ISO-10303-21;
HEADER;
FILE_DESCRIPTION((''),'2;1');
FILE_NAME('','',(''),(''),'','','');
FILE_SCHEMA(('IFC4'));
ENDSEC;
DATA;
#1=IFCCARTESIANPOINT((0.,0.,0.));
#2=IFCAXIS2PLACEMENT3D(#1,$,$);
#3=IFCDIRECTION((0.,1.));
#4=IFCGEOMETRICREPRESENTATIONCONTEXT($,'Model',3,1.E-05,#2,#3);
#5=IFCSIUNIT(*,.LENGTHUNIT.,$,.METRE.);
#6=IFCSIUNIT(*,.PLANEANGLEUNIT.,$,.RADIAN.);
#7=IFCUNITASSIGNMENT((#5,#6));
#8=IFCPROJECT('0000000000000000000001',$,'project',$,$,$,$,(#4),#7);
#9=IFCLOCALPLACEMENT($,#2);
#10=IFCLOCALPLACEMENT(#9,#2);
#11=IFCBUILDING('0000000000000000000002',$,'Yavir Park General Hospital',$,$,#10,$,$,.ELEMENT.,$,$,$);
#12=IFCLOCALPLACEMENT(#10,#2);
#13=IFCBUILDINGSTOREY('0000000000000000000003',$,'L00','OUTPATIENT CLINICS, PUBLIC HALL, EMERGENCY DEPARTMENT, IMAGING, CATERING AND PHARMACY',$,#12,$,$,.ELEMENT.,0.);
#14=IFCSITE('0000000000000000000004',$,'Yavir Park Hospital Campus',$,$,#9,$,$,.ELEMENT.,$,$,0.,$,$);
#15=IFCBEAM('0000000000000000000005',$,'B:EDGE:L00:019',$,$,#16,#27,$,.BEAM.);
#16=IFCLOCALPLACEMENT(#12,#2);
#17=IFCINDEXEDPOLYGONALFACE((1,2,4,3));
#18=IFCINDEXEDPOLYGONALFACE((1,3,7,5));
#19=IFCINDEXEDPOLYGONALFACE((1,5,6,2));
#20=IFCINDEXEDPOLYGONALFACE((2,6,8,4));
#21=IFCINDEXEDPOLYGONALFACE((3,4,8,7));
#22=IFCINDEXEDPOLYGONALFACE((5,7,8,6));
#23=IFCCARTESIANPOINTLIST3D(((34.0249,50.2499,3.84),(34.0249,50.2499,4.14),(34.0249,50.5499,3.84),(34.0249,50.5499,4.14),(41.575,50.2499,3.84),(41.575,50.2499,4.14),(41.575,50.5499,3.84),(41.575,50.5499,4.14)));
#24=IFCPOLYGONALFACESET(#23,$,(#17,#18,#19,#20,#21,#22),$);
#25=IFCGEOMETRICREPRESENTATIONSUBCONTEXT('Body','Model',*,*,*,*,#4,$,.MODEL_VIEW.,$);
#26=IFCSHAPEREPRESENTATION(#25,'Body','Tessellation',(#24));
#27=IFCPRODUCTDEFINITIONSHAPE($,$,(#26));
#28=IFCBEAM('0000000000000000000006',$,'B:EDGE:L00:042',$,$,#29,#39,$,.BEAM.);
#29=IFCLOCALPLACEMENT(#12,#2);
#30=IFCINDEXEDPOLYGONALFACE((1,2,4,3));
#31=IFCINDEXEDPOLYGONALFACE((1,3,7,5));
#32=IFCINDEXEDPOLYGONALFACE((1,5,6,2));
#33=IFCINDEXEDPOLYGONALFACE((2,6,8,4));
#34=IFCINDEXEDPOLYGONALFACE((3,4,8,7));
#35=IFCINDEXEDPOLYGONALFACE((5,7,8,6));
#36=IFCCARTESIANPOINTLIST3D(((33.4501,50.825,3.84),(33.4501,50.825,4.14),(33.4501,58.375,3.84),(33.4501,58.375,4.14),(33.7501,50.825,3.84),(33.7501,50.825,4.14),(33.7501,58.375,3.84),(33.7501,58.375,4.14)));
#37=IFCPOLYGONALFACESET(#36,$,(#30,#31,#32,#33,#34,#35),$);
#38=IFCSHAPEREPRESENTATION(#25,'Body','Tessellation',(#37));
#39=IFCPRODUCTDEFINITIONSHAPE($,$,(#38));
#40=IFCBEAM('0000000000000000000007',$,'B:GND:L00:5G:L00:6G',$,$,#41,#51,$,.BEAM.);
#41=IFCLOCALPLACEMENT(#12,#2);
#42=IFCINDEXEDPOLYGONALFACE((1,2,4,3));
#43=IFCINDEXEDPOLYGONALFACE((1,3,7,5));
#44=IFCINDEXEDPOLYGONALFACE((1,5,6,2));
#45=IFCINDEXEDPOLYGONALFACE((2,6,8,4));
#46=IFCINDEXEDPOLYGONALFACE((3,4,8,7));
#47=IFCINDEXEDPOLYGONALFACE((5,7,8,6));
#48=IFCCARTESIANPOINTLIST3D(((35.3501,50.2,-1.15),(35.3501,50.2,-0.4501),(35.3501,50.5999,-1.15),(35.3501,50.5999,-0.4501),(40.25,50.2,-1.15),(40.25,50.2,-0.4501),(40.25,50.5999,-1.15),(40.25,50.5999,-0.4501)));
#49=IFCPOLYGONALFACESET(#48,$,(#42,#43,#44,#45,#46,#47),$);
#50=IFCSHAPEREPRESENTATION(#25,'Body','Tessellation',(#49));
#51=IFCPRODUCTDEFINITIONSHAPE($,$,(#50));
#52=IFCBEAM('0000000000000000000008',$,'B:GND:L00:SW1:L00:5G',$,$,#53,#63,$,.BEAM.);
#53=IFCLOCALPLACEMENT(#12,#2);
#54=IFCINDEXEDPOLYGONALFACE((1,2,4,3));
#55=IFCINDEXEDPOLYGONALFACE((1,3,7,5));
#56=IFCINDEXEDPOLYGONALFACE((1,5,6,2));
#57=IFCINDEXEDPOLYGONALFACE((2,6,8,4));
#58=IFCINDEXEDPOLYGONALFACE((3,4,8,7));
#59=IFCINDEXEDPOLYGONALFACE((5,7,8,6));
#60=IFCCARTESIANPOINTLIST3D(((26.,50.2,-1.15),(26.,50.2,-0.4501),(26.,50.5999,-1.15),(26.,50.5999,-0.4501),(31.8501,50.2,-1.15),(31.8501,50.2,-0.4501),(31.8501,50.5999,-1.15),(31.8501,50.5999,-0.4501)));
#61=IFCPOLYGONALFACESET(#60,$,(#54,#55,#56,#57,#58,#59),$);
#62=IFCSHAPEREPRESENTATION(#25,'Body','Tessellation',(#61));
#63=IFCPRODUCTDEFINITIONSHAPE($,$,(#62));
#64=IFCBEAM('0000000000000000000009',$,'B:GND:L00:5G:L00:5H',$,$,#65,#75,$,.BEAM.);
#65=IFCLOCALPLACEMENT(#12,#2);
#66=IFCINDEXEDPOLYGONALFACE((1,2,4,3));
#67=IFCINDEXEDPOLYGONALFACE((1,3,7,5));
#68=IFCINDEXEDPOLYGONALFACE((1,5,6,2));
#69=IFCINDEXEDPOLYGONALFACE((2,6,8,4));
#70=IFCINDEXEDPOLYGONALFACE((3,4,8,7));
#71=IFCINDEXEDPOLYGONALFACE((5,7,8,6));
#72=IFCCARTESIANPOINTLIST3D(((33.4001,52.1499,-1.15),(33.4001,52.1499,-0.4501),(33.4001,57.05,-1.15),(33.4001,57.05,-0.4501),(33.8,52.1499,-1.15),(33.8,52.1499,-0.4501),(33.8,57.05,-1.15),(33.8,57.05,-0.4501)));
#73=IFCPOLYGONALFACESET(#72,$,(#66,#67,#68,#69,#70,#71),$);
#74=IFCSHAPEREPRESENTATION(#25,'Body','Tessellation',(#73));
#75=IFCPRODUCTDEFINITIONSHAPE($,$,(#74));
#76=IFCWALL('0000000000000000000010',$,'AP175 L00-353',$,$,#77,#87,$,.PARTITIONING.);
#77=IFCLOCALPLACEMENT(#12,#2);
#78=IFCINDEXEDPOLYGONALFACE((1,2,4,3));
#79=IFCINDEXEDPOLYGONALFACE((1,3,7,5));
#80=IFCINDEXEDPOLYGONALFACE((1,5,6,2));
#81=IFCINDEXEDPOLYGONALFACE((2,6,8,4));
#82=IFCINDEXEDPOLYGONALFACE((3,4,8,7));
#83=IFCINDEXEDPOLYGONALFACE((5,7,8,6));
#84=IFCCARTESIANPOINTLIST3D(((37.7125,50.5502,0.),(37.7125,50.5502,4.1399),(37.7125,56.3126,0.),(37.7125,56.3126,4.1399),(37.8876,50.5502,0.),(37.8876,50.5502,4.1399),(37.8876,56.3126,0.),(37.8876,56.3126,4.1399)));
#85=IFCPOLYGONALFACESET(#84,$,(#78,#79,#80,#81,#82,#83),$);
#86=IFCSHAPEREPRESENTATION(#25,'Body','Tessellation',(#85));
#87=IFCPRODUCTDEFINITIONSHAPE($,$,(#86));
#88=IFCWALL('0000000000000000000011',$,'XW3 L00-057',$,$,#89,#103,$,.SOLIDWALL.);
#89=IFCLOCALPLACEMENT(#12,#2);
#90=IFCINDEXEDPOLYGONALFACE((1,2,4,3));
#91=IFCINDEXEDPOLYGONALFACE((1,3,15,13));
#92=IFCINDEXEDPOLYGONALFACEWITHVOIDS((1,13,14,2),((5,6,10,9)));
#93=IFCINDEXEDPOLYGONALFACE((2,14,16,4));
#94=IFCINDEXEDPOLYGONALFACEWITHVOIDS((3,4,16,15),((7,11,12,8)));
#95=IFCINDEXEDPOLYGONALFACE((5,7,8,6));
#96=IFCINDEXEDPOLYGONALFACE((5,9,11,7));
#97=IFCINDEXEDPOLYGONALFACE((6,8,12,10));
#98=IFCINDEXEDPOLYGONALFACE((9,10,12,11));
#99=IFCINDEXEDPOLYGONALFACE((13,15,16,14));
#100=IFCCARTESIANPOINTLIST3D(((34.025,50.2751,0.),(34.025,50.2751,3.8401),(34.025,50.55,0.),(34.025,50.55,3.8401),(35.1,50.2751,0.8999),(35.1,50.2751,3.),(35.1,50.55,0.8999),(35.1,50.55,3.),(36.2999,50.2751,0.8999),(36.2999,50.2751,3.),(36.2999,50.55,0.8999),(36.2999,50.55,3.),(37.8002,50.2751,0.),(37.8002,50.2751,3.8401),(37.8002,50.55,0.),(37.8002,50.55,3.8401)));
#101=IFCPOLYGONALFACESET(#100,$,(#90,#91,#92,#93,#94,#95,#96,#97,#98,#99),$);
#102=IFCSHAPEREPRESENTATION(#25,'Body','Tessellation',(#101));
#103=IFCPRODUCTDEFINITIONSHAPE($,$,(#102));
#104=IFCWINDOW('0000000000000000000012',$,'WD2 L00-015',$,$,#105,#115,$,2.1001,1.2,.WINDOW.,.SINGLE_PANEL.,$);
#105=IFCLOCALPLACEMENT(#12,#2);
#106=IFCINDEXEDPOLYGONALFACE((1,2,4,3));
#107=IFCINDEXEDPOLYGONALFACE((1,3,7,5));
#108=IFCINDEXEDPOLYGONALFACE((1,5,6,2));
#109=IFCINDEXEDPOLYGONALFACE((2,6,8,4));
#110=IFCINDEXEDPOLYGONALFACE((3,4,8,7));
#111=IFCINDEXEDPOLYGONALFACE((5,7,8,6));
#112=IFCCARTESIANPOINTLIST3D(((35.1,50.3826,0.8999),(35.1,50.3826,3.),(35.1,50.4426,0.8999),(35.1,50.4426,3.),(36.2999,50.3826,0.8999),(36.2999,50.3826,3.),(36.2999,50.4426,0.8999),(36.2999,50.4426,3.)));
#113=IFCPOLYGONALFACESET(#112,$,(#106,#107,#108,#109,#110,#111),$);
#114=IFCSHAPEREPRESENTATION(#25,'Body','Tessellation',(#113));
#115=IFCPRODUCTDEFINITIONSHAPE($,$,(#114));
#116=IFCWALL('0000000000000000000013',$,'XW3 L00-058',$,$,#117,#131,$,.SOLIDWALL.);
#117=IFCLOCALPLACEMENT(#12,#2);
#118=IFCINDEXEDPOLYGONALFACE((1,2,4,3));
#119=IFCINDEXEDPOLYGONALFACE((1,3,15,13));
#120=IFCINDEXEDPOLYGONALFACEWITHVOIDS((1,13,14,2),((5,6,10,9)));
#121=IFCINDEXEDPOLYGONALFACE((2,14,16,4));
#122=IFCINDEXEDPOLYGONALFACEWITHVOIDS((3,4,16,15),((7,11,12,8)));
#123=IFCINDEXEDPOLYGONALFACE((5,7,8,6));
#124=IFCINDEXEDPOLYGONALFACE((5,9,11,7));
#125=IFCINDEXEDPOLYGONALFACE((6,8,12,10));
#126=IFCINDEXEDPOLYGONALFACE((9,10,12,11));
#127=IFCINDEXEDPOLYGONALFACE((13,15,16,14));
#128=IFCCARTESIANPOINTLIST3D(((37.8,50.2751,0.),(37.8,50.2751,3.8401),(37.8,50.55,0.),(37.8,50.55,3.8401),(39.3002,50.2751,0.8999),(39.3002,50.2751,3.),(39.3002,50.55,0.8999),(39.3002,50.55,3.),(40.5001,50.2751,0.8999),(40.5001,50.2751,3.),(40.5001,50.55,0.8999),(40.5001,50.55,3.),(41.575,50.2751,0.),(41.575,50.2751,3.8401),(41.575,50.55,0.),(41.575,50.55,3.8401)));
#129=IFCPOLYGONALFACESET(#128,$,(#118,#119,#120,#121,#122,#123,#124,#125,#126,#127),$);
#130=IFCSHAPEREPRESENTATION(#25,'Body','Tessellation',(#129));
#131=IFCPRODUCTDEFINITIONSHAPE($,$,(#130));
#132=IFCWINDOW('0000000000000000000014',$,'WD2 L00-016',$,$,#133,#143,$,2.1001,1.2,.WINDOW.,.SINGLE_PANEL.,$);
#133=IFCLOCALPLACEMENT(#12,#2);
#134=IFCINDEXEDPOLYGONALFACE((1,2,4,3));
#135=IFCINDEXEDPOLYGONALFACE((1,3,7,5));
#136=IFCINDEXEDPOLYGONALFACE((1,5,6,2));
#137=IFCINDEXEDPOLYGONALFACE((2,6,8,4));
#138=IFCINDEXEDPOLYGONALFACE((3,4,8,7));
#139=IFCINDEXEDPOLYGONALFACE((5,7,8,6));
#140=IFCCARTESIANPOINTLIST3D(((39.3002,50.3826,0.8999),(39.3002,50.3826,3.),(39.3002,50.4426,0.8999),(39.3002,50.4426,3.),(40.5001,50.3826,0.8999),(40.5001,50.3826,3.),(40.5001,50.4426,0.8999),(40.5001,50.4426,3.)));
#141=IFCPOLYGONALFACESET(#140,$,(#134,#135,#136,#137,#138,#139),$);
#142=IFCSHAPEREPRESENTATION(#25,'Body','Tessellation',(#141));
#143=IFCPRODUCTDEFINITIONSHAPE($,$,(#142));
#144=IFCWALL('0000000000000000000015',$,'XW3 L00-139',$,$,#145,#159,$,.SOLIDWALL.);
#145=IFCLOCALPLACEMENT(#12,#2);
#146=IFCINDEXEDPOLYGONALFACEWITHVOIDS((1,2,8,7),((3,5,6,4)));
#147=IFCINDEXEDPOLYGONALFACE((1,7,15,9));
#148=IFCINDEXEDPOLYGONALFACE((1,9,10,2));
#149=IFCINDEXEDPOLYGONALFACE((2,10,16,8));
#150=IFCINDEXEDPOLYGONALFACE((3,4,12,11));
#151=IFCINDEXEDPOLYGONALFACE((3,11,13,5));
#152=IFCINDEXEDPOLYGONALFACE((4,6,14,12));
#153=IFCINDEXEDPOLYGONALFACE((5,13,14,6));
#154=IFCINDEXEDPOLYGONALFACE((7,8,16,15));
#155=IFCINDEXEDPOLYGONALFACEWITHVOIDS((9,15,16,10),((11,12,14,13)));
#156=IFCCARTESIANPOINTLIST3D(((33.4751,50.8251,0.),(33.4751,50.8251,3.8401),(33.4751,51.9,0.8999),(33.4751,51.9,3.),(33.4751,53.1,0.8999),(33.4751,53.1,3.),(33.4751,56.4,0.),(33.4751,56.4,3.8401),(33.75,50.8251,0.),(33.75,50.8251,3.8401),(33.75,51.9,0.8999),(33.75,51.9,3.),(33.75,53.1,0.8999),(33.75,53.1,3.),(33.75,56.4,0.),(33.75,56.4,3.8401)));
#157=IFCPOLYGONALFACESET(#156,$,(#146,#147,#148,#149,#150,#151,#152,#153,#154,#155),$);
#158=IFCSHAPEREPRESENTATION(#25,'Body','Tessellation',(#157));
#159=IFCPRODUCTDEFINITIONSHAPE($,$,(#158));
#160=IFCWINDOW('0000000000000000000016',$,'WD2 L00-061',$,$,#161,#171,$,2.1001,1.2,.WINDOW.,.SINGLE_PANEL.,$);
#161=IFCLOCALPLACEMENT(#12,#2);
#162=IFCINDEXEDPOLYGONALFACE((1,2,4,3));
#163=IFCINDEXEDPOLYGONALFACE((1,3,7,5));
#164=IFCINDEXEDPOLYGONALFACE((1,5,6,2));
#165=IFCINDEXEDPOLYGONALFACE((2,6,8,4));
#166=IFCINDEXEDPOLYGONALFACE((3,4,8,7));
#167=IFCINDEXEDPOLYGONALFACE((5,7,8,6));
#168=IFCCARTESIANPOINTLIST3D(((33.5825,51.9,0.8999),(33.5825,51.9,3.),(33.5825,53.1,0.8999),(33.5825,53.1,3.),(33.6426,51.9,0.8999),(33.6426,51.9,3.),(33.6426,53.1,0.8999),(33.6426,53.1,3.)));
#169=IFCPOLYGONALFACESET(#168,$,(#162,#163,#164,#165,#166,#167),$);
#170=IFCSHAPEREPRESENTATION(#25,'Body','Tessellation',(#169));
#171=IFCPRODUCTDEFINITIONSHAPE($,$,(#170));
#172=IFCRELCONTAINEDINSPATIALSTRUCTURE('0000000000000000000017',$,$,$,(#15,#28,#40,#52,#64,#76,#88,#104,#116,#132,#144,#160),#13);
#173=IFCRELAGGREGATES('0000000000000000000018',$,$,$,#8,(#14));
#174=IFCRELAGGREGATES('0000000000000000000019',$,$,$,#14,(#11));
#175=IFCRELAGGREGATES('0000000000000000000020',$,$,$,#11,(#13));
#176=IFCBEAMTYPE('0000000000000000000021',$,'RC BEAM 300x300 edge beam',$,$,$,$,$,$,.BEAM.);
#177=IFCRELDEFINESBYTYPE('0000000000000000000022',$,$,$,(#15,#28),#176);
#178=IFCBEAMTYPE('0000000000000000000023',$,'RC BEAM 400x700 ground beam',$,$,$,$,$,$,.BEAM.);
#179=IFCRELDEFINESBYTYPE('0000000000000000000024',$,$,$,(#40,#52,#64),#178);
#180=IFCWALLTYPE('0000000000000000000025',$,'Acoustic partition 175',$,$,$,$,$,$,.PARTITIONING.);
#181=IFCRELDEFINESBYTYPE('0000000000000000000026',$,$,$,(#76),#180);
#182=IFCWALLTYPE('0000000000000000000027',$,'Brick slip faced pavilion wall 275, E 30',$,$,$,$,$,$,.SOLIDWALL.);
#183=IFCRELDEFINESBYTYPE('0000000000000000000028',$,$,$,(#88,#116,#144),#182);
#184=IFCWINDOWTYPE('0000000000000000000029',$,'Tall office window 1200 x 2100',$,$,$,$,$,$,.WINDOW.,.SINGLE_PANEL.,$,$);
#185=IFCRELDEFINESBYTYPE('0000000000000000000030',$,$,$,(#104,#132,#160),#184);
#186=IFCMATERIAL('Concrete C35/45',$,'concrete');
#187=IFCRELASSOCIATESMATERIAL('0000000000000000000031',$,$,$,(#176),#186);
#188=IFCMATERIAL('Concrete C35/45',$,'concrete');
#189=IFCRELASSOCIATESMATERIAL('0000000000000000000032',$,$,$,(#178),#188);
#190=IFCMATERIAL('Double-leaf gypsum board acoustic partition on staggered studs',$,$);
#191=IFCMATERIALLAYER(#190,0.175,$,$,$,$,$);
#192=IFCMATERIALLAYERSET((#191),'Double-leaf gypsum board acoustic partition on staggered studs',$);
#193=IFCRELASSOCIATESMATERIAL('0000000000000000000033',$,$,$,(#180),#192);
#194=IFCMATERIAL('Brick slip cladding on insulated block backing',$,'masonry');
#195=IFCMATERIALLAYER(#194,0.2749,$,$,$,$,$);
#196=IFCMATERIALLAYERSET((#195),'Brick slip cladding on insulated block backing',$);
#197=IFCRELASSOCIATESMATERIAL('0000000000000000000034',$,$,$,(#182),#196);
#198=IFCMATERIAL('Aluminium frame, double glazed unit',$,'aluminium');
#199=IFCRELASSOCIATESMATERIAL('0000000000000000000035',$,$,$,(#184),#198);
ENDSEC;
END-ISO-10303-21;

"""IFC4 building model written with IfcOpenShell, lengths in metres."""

from ifc_helpers import new_model, si_unit, direction, frame, frame_2d, origin, origin_2d, place, context, subcontext, project, spatial, rectangle, extrude, material, layer, layer_set, material_profile, profile_set, type_object, element, fill, save


model = new_model("IFC4")

# Units and contexts
model_context = context("Model", 3, precision=1e-05, world=origin(), true_north=direction((0.0, 1.0)))
body_context = subcontext(model_context, "Body", "Model", "MODEL_VIEW")
ifc_project = project(units=[si_unit("LENGTHUNIT", "METRE"), si_unit("PLANEANGLEUNIT", "RADIAN")], contexts=[model_context])

# Site, building, storey
site_placement = place(None, origin())
site = spatial("IfcSite", under=ifc_project, at=site_placement, Name="Yavir Park Hospital Campus", CompositionType="ELEMENT", RefElevation=0.0)
building_placement = place(site_placement, origin())
building = spatial("IfcBuilding", under=site, at=building_placement, Name="Yavir Park General Hospital", CompositionType="ELEMENT")
storey_placement = place(building_placement, origin())
storey = spatial("IfcBuildingStorey", under=building, at=storey_placement, Name="L00", Description="OUTPATIENT CLINICS, PUBLIC HALL, EMERGENCY DEPARTMENT, IMAGING, CATERING AND PHARMACY", CompositionType="ELEMENT", Elevation=0.0)

# Beams
ifc_material_1 = material(Name="Concrete C35/45", Category="concrete")
ifc_material_profile_1 = material_profile(ifc_material_1, rectangle(XDim=0.3, YDim=0.3, at=origin_2d()), Name="RC300x300")
ifc_profile_set_1 = profile_set([ifc_material_profile_1], Name="Concrete C35/45")
beam_type_1 = type_object("IfcBeamType", Name="RC BEAM 300x300 edge beam", PredefinedType="BEAM", material=ifc_profile_set_1)
for number, where, z_axis, x_axis, name in (
    (1, (34.0249, 50.3999, 3.99), (1.0, 0.0, 0.0), (0.0, 1.0, 0.0), "B:EDGE:L00:019"),
    (2, (33.6001, 50.825, 3.99), (0.0, 1.0, 0.0), (-1.0, 0.0, 0.0), "B:EDGE:L00:042"),
):
    element("IfcBeam", number, at=place(storey_placement, frame(where, z_axis=z_axis, x_axis=x_axis)), inside=storey, type_object=beam_type_1, Name=name, PredefinedType="BEAM", context=body_context, shape_type="SweptSolid", body=[
        extrude(rectangle(XDim=0.3, YDim=0.3, at=origin_2d()), origin(), (0.0, 0.0, 1.0), 7.55),
    ])
ifc_material_2 = material(Name="Concrete C35/45", Category="concrete")
ifc_material_profile_2 = material_profile(ifc_material_2, rectangle(XDim=0.3999, YDim=0.7, at=origin_2d()), Name="RC400x700")
ifc_profile_set_2 = profile_set([ifc_material_profile_2], Name="Concrete C35/45")
beam_type_2 = type_object("IfcBeamType", Name="RC BEAM 400x700 ground beam", PredefinedType="BEAM", material=ifc_profile_set_2)
beam_1_placement = place(storey_placement, frame((35.3501, 50.3999, -0.8), z_axis=(1.0, 0.0, 0.0), x_axis=(0.0, 1.0, 0.0)))
element("IfcBeam", 3, at=beam_1_placement, inside=storey, type_object=beam_type_2, Name="B:GND:L00:5G:L00:6G", PredefinedType="BEAM", context=body_context, shape_type="SweptSolid", body=[
    extrude(rectangle(XDim=0.3999, YDim=0.7, at=origin_2d()), origin(), (0.0, 0.0, 1.0), 4.8999),
])
beam_2_placement = place(storey_placement, frame((26.0, 50.3999, -0.8), z_axis=(1.0, 0.0, 0.0), x_axis=(0.0, 1.0, 0.0)))
element("IfcBeam", 4, at=beam_2_placement, inside=storey, type_object=beam_type_2, Name="B:GND:L00:SW1:L00:5G", PredefinedType="BEAM", context=body_context, shape_type="SweptSolid", body=[
    extrude(rectangle(XDim=0.3999, YDim=0.7, at=origin_2d()), origin(), (0.0, 0.0, 1.0), 5.8501),
])
beam_3_placement = place(storey_placement, frame((33.6001, 52.1499, -0.8), z_axis=(0.0, 1.0, 0.0), x_axis=(-1.0, 0.0, 0.0)))
element("IfcBeam", 5, at=beam_3_placement, inside=storey, type_object=beam_type_2, Name="B:GND:L00:5G:L00:5H", PredefinedType="BEAM", context=body_context, shape_type="SweptSolid", body=[
    extrude(rectangle(XDim=0.3999, YDim=0.7, at=origin_2d()), origin(), (0.0, 0.0, 1.0), 4.9001),
])

# Wall
ifc_material_3 = material(Name="Double-leaf gypsum board acoustic partition on staggered studs")
ifc_layer_1 = layer(ifc_material_3, 0.175)
ifc_layer_set_1 = layer_set([ifc_layer_1], Name="Double-leaf gypsum board acoustic partition on staggered studs")
wall_type_1 = type_object("IfcWallType", Name="Acoustic partition 175", PredefinedType="PARTITIONING", material=ifc_layer_set_1)
wall_1_placement = place(storey_placement, frame((37.8, 50.55, 0.0), z_axis=(0.0, 0.0, 1.0), x_axis=(0.0, 1.0, 0.0)))
element("IfcWall", 6, at=wall_1_placement, inside=storey, type_object=wall_type_1, Name="AP175 L00-353", PredefinedType="PARTITIONING", context=body_context, shape_type="SweptSolid", body=[
    extrude(rectangle(XDim=5.7625, YDim=0.175, at=frame_2d((2.8813, 0.0))), origin(), (0.0, 0.0, 1.0), 4.1399),
])

# Walls, openings, windows
ifc_material_4 = material(Name="Brick slip cladding on insulated block backing", Category="masonry")
ifc_layer_2 = layer(ifc_material_4, 0.2749)
ifc_layer_set_2 = layer_set([ifc_layer_2], Name="Brick slip cladding on insulated block backing")
wall_type_2 = type_object("IfcWallType", Name="Brick slip faced pavilion wall 275, E 30", PredefinedType="SOLIDWALL", material=ifc_layer_set_2)
wall_2_placement = place(storey_placement, frame((34.0249, 50.4126, 0.0), z_axis=(0.0, 0.0, 1.0), x_axis=(1.0, 0.0, 0.0)))
wall_2 = element("IfcWall", 7, at=wall_2_placement, inside=storey, type_object=wall_type_2, Name="XW3 L00-057", PredefinedType="SOLIDWALL", context=body_context, shape_type="SweptSolid", body=[
    extrude(rectangle(XDim=3.7751, YDim=0.2749, at=frame_2d((1.8877, 0.0))), origin(), (0.0, 0.0, 1.0), 3.8401),
])
opening_1_placement = place(wall_2_placement, frame((1.075, 0.0, 0.8999)))
opening_1 = element("IfcOpeningElement", 8, at=opening_1_placement, cuts=wall_2, PredefinedType="OPENING", context=body_context, shape_type="SweptSolid", body=[
    extrude(rectangle(XDim=1.2, YDim=2.1001, at=frame_2d((0.6001, 1.05))), frame((0.0, 0.1475, 0.0), z_axis=(0.0, -1.0, 0.0), x_axis=(1.0, 0.0, 0.0)), (0.0, 0.0, 1.0), 0.2949),
])
ifc_material_5 = material(Name="Aluminium frame, double glazed unit", Category="aluminium")
window_type = type_object("IfcWindowType", Name="Tall office window 1200 x 2100", PartitioningType="SINGLE_PANEL", PredefinedType="WINDOW", material=ifc_material_5)
window_1_placement = place(opening_1_placement, origin())
window_1 = element("IfcWindow", 9, at=window_1_placement, inside=storey, type_object=window_type, Name="WD2 L00-015", OverallHeight=2.1001, OverallWidth=1.2, PartitioningType="SINGLE_PANEL", PredefinedType="WINDOW", context=body_context, shape_type="SweptSolid", body=[
    extrude(rectangle(XDim=1.2, YDim=2.1001, at=frame_2d((0.6001, 1.05))), frame((0.0, 0.03, 0.0), z_axis=(0.0, -1.0, 0.0), x_axis=(1.0, 0.0, 0.0)), (0.0, 0.0, 1.0), 0.0601),
])
fill(opening_1, window_1)
wall_3_placement = place(storey_placement, frame((37.8, 50.4126, 0.0), z_axis=(0.0, 0.0, 1.0), x_axis=(1.0, 0.0, 0.0)))
wall_3 = element("IfcWall", 10, at=wall_3_placement, inside=storey, type_object=wall_type_2, Name="XW3 L00-058", PredefinedType="SOLIDWALL", context=body_context, shape_type="SweptSolid", body=[
    extrude(rectangle(XDim=3.7749, YDim=0.2749, at=frame_2d((1.8875, 0.0))), origin(), (0.0, 0.0, 1.0), 3.8401),
])
opening_2_placement = place(wall_3_placement, frame((1.5, 0.0, 0.8999)))
opening_2 = element("IfcOpeningElement", 11, at=opening_2_placement, cuts=wall_3, PredefinedType="OPENING", context=body_context, shape_type="SweptSolid", body=[
    extrude(rectangle(XDim=1.2, YDim=2.1001, at=frame_2d((0.6001, 1.05))), frame((0.0, 0.1475, 0.0), z_axis=(0.0, -1.0, 0.0), x_axis=(1.0, 0.0, 0.0)), (0.0, 0.0, 1.0), 0.2949),
])
window_2_placement = place(opening_2_placement, origin())
window_2 = element("IfcWindow", 12, at=window_2_placement, inside=storey, type_object=window_type, Name="WD2 L00-016", OverallHeight=2.1001, OverallWidth=1.2, PartitioningType="SINGLE_PANEL", PredefinedType="WINDOW", context=body_context, shape_type="SweptSolid", body=[
    extrude(rectangle(XDim=1.2, YDim=2.1001, at=frame_2d((0.6001, 1.05))), frame((0.0, 0.03, 0.0), z_axis=(0.0, -1.0, 0.0), x_axis=(1.0, 0.0, 0.0)), (0.0, 0.0, 1.0), 0.0601),
])
fill(opening_2, window_2)
wall_4_placement = place(storey_placement, frame((33.6125, 50.825, 0.0), z_axis=(0.0, 0.0, 1.0), x_axis=(0.0, 1.0, 0.0)))
wall_4 = element("IfcWall", 13, at=wall_4_placement, inside=storey, type_object=wall_type_2, Name="XW3 L00-139", PredefinedType="SOLIDWALL", context=body_context, shape_type="SweptSolid", body=[
    extrude(rectangle(XDim=5.575, YDim=0.2749, at=frame_2d((2.7876, 0.0))), origin(), (0.0, 0.0, 1.0), 3.8401),
])
opening_3_placement = place(wall_4_placement, frame((1.075, 0.0, 0.8999)))
opening_3 = element("IfcOpeningElement", 14, at=opening_3_placement, cuts=wall_4, PredefinedType="OPENING", context=body_context, shape_type="SweptSolid", body=[
    extrude(rectangle(XDim=1.2, YDim=2.1001, at=frame_2d((0.6001, 1.05))), frame((0.0, 0.1475, 0.0), z_axis=(0.0, -1.0, 0.0), x_axis=(1.0, 0.0, 0.0)), (0.0, 0.0, 1.0), 0.2949),
])
window_3_placement = place(opening_3_placement, origin())
window_3 = element("IfcWindow", 15, at=window_3_placement, inside=storey, type_object=window_type, Name="WD2 L00-061", OverallHeight=2.1001, OverallWidth=1.2, PartitioningType="SINGLE_PANEL", PredefinedType="WINDOW", context=body_context, shape_type="SweptSolid", body=[
    extrude(rectangle(XDim=1.2, YDim=2.1001, at=frame_2d((0.6001, 1.05))), frame((0.0, 0.03, 0.0), z_axis=(0.0, -1.0, 0.0), x_axis=(1.0, 0.0, 0.0)), (0.0, 0.0, 1.0), 0.0601),
])
fill(opening_3, window_3)

save(model, "model.ifc")
